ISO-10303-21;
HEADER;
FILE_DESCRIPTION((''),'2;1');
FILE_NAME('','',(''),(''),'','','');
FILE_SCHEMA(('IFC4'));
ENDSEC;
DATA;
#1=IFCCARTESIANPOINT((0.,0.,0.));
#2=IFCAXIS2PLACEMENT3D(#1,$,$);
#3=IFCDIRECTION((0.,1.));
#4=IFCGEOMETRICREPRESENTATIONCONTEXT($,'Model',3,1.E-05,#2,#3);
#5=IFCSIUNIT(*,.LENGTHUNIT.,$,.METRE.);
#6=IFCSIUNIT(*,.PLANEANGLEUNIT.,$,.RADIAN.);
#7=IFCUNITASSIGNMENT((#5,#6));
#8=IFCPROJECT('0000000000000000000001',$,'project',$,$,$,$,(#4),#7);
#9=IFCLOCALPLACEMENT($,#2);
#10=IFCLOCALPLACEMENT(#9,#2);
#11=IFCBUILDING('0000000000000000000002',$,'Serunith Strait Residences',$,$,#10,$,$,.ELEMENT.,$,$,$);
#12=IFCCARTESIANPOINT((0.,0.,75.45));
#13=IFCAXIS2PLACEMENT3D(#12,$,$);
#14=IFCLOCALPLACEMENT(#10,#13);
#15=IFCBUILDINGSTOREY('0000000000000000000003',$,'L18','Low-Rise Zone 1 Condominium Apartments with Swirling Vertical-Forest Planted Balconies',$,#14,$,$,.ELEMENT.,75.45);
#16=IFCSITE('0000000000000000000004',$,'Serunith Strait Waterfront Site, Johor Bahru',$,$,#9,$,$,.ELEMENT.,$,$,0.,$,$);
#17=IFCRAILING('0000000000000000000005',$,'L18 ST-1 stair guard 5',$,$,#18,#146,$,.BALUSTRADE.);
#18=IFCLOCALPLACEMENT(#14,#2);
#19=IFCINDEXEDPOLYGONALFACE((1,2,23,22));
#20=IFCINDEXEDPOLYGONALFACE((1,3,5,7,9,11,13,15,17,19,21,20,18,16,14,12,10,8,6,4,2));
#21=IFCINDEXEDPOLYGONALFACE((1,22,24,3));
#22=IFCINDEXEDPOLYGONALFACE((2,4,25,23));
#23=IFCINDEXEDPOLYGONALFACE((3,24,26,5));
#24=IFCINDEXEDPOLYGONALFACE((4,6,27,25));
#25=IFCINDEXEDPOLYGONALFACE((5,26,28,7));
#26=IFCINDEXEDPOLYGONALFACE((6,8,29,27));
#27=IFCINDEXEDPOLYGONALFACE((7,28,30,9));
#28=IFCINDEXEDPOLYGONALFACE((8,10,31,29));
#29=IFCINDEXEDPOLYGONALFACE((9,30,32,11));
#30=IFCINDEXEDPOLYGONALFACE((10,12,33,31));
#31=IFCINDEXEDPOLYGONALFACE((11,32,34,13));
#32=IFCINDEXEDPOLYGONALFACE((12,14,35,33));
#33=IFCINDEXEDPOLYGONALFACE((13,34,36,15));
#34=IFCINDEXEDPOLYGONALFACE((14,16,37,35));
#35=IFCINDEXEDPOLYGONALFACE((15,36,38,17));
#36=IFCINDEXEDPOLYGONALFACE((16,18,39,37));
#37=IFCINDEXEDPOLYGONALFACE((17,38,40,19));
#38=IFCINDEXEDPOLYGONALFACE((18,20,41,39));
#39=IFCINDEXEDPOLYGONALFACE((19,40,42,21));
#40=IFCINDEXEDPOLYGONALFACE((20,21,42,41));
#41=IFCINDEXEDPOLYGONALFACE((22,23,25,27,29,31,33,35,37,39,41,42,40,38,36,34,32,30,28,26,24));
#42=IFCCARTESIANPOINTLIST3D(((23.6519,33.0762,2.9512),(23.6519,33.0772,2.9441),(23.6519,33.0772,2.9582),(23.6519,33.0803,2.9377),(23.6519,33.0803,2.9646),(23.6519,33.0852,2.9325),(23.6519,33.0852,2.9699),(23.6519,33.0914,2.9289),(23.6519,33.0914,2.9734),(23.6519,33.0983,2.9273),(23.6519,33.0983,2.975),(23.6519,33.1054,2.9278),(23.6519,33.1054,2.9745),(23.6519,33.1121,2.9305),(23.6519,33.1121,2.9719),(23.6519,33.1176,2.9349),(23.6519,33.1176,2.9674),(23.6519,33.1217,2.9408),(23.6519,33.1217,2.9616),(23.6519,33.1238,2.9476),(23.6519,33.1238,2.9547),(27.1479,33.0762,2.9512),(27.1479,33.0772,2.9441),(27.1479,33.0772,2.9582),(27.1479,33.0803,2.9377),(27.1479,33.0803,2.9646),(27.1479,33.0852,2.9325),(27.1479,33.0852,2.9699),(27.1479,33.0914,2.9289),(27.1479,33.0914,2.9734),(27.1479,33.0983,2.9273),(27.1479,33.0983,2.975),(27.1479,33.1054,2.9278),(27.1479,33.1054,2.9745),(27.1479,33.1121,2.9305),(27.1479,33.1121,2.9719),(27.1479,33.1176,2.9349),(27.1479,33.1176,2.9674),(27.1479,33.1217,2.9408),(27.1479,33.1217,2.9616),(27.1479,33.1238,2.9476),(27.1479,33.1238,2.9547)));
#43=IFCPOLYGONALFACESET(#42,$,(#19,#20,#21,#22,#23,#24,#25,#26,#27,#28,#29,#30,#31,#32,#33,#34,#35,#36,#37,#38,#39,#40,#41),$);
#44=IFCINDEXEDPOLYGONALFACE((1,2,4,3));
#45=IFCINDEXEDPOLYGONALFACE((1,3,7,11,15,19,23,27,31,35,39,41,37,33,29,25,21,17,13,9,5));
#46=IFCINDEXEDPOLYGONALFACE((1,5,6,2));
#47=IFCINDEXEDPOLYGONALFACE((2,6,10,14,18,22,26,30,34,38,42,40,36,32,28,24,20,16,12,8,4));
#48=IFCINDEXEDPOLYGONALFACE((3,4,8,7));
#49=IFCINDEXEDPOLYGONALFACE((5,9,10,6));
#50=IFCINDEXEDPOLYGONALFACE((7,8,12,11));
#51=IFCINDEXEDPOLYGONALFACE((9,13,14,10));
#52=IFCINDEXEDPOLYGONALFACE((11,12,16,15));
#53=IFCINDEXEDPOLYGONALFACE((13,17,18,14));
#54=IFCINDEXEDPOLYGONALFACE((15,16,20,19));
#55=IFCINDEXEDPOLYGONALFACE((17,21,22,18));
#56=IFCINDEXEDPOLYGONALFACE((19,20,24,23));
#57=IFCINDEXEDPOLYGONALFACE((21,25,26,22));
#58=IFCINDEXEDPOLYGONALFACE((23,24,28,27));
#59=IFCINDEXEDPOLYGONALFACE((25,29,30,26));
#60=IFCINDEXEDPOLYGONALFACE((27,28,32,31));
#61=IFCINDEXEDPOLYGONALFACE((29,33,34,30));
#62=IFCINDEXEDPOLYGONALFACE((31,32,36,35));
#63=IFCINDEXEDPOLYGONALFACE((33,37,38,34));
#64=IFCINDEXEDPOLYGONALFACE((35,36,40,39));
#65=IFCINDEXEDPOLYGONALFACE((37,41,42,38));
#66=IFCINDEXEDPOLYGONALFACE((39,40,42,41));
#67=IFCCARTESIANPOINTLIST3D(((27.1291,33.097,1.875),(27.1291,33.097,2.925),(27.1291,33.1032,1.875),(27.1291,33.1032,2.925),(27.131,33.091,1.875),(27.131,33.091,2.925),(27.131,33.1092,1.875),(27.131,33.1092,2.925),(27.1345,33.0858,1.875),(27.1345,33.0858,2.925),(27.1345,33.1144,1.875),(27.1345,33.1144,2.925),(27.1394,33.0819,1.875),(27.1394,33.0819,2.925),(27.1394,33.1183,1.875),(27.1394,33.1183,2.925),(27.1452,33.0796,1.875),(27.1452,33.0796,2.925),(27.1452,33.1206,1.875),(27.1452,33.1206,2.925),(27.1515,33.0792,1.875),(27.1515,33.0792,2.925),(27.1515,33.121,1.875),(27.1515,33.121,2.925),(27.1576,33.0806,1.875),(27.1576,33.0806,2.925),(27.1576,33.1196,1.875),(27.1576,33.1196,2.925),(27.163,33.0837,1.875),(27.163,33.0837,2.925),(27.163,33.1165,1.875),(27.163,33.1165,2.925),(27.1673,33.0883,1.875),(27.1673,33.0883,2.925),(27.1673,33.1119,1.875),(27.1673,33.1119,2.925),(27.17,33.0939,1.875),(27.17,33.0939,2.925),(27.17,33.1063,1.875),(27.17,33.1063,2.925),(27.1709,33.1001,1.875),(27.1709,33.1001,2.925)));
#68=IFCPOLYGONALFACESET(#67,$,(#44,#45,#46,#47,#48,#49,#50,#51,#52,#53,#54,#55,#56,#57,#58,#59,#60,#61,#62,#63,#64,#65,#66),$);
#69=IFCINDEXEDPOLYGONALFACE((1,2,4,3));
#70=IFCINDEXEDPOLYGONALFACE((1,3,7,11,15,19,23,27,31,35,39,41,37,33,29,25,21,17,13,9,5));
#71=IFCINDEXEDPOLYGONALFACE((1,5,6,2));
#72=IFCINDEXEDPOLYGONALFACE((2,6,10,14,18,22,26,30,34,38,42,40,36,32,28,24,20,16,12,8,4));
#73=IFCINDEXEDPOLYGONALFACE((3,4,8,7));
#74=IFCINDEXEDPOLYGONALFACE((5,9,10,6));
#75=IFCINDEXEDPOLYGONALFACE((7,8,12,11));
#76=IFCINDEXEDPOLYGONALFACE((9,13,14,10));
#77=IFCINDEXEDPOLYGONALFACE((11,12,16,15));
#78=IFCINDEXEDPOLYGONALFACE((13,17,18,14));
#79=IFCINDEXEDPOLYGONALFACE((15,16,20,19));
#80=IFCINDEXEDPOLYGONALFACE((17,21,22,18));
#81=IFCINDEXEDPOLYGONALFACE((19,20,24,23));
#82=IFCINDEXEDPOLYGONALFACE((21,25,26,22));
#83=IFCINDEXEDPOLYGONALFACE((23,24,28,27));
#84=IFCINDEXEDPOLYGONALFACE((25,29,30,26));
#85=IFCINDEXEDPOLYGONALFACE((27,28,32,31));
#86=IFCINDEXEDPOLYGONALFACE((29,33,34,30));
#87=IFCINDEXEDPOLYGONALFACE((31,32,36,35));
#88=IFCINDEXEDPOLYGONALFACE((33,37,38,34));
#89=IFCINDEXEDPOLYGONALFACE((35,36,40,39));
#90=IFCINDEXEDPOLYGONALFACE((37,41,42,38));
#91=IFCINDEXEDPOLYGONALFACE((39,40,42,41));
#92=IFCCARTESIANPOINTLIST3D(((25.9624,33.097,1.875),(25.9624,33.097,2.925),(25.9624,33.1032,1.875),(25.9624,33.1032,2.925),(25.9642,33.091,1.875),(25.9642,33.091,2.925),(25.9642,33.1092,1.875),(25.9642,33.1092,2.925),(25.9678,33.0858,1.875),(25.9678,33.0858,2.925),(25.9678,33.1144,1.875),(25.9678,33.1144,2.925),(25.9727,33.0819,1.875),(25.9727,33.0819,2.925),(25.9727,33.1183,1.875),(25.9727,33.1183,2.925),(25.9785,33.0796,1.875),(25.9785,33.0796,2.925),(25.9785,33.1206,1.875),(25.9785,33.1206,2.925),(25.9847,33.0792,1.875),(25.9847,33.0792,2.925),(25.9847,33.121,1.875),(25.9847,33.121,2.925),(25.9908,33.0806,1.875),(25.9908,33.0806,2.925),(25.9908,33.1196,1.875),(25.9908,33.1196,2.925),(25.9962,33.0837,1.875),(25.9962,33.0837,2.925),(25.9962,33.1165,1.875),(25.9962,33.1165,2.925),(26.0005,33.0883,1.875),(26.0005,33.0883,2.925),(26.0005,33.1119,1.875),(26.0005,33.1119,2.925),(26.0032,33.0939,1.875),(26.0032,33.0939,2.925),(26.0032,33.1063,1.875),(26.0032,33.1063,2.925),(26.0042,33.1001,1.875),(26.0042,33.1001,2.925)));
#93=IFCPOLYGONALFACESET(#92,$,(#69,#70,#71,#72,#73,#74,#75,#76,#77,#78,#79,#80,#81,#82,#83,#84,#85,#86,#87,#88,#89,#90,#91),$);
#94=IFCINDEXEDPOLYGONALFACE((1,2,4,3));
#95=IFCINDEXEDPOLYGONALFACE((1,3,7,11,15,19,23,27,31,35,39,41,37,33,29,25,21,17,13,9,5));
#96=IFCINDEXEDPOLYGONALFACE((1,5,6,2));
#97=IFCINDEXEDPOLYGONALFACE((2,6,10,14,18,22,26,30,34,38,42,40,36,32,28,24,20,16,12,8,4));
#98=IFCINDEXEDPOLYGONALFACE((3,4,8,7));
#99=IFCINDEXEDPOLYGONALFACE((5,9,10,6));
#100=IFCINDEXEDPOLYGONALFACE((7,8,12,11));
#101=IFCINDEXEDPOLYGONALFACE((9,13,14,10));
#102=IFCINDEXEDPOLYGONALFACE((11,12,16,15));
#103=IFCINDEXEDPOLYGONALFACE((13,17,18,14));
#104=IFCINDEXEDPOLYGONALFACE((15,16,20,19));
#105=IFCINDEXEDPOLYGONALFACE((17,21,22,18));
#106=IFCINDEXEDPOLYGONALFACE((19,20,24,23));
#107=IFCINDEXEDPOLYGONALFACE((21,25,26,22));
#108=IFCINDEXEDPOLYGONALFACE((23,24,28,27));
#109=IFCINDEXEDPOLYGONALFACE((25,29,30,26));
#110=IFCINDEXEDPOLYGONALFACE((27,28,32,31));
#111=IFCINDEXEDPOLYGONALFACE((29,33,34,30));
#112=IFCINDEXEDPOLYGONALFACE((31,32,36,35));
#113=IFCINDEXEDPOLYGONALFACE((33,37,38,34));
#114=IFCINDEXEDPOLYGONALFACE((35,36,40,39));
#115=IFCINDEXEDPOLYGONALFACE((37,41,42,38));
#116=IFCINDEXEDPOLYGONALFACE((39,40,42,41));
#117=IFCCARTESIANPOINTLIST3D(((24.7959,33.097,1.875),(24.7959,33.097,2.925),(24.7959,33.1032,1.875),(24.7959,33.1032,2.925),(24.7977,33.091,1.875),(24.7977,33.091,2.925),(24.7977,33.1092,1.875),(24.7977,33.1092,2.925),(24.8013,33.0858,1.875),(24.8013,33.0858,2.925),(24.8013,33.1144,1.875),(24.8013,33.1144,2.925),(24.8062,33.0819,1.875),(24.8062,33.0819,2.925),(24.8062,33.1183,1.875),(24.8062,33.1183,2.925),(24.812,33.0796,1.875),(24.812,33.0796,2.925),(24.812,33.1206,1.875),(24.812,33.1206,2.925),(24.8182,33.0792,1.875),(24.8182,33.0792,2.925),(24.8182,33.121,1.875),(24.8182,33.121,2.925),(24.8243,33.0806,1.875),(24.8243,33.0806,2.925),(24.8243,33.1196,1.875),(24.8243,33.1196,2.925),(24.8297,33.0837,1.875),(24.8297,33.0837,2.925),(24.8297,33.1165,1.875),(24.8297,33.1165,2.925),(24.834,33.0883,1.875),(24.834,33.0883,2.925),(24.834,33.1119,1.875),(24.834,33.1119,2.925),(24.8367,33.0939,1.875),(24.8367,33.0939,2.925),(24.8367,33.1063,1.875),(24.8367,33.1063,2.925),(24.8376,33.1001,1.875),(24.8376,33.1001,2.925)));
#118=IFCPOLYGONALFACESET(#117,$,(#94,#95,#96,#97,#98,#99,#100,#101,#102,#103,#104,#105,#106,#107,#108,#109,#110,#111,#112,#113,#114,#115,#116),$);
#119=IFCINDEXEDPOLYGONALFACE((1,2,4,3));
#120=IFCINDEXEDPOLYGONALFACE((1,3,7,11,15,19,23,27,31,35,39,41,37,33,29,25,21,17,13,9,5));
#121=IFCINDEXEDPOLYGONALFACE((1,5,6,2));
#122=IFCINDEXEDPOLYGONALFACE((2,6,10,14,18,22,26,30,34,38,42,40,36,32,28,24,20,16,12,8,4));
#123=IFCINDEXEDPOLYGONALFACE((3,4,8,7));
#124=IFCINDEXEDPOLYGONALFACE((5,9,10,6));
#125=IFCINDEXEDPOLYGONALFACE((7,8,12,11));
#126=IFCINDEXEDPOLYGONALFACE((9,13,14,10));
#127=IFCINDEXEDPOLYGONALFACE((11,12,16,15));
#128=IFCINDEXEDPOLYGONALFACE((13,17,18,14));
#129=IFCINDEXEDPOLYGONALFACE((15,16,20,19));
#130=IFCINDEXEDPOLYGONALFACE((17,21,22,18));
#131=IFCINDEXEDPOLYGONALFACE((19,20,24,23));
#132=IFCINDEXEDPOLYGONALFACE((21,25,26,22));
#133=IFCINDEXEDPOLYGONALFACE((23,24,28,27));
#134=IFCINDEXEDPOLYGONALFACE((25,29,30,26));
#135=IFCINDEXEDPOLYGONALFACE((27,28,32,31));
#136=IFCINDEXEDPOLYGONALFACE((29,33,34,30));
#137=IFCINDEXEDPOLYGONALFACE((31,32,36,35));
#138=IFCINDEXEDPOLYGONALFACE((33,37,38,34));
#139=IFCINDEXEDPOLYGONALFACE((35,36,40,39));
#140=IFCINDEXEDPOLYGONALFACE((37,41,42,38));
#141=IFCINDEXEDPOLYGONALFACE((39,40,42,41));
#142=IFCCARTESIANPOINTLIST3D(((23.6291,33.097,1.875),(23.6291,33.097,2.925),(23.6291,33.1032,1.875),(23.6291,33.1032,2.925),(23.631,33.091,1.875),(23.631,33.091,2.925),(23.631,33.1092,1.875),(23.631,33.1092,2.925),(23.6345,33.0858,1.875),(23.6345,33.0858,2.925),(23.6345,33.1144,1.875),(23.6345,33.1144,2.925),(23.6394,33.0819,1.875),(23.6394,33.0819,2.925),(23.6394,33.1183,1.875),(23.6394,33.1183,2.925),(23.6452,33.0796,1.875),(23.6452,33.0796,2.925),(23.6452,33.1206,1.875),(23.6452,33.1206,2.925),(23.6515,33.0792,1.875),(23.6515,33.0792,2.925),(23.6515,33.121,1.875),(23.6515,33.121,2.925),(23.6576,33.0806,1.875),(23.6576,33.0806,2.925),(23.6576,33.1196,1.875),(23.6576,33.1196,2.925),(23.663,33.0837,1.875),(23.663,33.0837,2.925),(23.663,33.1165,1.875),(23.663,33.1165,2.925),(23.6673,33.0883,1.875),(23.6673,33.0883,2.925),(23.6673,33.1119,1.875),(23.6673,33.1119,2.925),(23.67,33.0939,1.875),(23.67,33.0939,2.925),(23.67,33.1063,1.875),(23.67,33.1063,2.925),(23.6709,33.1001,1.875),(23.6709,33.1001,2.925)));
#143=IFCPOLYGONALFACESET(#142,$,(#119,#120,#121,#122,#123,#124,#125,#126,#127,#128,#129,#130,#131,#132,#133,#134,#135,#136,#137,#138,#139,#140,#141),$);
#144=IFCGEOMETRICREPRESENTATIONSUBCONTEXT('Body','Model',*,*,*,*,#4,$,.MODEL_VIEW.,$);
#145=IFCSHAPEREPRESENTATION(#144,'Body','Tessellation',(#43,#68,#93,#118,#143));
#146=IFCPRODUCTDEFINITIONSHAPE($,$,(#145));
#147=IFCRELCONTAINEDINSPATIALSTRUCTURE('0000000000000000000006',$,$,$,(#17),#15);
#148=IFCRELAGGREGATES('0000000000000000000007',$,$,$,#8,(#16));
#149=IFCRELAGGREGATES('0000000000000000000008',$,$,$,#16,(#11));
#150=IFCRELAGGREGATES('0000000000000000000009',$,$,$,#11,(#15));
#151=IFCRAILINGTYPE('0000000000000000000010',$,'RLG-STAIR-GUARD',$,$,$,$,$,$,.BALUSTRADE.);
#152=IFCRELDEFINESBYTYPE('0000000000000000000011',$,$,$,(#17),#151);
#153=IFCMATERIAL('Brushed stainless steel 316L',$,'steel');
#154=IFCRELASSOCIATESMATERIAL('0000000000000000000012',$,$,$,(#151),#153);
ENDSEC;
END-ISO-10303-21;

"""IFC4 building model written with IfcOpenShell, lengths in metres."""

from ifc_helpers import new_model, si_unit, direction, frame, origin, origin_2d, place, context, subcontext, project, spatial, circle, extrude, material, type_object, element, save


model = new_model("IFC4")

# Units and contexts
model_context = context("Model", 3, precision=1e-05, world=origin(), true_north=direction((0.0, 1.0)))
body_context = subcontext(model_context, "Body", "Model", "MODEL_VIEW")
ifc_project = project(units=[si_unit("LENGTHUNIT", "METRE"), si_unit("PLANEANGLEUNIT", "RADIAN")], contexts=[model_context])

# Site, building, storey
site_placement = place(None, origin())
site = spatial("IfcSite", under=ifc_project, at=site_placement, Name="Serunith Strait Waterfront Site, Johor Bahru", CompositionType="ELEMENT", RefElevation=0.0)
building_placement = place(site_placement, origin())
building = spatial("IfcBuilding", under=site, at=building_placement, Name="Serunith Strait Residences", CompositionType="ELEMENT")
storey_placement = place(building_placement, frame((0.0, 0.0, 75.45)))
storey = spatial("IfcBuildingStorey", under=building, at=storey_placement, Name="L18", Description="Low-Rise Zone 1 Condominium Apartments with Swirling Vertical-Forest Planted Balconies", CompositionType="ELEMENT", Elevation=75.45)

# Railing
ifc_material_1 = material(Name="Brushed stainless steel 316L", Category="steel")
railing_type_1 = type_object("IfcRailingType", Name="RLG-STAIR-GUARD", PredefinedType="BALUSTRADE", material=ifc_material_1)
railing_1_placement = place(storey_placement, frame((27.1499, 33.1001, 1.875)))
element("IfcRailing", 1, at=railing_1_placement, inside=storey, type_object=railing_type_1, Name="L18 ST-1 stair guard 5", PredefinedType="BALUSTRADE", context=body_context, shape_type="SweptSolid", body=[
    extrude(circle(Radius=0.0239, at=origin_2d()), frame((-0.002, 0.0, 1.0762), z_axis=(-1.0, 0.0, 0.0), x_axis=(0.0, -1.0, 0.0)), (0.0, 0.0, 1.0), 3.4961),
    extrude(circle(Radius=0.021, at=origin_2d()), origin(), (0.0, 0.0, 1.0), 1.05),
    extrude(circle(Radius=0.021, at=origin_2d()), frame((-1.1667, 0.0, 0.0)), (0.0, 0.0, 1.0), 1.05),
    extrude(circle(Radius=0.021, at=origin_2d()), frame((-2.3333, 0.0, 0.0)), (0.0, 0.0, 1.0), 1.05),
    extrude(circle(Radius=0.021, at=origin_2d()), frame((-3.5, 0.0, 0.0)), (0.0, 0.0, 1.0), 1.05),
])

save(model, "model.ifc")
